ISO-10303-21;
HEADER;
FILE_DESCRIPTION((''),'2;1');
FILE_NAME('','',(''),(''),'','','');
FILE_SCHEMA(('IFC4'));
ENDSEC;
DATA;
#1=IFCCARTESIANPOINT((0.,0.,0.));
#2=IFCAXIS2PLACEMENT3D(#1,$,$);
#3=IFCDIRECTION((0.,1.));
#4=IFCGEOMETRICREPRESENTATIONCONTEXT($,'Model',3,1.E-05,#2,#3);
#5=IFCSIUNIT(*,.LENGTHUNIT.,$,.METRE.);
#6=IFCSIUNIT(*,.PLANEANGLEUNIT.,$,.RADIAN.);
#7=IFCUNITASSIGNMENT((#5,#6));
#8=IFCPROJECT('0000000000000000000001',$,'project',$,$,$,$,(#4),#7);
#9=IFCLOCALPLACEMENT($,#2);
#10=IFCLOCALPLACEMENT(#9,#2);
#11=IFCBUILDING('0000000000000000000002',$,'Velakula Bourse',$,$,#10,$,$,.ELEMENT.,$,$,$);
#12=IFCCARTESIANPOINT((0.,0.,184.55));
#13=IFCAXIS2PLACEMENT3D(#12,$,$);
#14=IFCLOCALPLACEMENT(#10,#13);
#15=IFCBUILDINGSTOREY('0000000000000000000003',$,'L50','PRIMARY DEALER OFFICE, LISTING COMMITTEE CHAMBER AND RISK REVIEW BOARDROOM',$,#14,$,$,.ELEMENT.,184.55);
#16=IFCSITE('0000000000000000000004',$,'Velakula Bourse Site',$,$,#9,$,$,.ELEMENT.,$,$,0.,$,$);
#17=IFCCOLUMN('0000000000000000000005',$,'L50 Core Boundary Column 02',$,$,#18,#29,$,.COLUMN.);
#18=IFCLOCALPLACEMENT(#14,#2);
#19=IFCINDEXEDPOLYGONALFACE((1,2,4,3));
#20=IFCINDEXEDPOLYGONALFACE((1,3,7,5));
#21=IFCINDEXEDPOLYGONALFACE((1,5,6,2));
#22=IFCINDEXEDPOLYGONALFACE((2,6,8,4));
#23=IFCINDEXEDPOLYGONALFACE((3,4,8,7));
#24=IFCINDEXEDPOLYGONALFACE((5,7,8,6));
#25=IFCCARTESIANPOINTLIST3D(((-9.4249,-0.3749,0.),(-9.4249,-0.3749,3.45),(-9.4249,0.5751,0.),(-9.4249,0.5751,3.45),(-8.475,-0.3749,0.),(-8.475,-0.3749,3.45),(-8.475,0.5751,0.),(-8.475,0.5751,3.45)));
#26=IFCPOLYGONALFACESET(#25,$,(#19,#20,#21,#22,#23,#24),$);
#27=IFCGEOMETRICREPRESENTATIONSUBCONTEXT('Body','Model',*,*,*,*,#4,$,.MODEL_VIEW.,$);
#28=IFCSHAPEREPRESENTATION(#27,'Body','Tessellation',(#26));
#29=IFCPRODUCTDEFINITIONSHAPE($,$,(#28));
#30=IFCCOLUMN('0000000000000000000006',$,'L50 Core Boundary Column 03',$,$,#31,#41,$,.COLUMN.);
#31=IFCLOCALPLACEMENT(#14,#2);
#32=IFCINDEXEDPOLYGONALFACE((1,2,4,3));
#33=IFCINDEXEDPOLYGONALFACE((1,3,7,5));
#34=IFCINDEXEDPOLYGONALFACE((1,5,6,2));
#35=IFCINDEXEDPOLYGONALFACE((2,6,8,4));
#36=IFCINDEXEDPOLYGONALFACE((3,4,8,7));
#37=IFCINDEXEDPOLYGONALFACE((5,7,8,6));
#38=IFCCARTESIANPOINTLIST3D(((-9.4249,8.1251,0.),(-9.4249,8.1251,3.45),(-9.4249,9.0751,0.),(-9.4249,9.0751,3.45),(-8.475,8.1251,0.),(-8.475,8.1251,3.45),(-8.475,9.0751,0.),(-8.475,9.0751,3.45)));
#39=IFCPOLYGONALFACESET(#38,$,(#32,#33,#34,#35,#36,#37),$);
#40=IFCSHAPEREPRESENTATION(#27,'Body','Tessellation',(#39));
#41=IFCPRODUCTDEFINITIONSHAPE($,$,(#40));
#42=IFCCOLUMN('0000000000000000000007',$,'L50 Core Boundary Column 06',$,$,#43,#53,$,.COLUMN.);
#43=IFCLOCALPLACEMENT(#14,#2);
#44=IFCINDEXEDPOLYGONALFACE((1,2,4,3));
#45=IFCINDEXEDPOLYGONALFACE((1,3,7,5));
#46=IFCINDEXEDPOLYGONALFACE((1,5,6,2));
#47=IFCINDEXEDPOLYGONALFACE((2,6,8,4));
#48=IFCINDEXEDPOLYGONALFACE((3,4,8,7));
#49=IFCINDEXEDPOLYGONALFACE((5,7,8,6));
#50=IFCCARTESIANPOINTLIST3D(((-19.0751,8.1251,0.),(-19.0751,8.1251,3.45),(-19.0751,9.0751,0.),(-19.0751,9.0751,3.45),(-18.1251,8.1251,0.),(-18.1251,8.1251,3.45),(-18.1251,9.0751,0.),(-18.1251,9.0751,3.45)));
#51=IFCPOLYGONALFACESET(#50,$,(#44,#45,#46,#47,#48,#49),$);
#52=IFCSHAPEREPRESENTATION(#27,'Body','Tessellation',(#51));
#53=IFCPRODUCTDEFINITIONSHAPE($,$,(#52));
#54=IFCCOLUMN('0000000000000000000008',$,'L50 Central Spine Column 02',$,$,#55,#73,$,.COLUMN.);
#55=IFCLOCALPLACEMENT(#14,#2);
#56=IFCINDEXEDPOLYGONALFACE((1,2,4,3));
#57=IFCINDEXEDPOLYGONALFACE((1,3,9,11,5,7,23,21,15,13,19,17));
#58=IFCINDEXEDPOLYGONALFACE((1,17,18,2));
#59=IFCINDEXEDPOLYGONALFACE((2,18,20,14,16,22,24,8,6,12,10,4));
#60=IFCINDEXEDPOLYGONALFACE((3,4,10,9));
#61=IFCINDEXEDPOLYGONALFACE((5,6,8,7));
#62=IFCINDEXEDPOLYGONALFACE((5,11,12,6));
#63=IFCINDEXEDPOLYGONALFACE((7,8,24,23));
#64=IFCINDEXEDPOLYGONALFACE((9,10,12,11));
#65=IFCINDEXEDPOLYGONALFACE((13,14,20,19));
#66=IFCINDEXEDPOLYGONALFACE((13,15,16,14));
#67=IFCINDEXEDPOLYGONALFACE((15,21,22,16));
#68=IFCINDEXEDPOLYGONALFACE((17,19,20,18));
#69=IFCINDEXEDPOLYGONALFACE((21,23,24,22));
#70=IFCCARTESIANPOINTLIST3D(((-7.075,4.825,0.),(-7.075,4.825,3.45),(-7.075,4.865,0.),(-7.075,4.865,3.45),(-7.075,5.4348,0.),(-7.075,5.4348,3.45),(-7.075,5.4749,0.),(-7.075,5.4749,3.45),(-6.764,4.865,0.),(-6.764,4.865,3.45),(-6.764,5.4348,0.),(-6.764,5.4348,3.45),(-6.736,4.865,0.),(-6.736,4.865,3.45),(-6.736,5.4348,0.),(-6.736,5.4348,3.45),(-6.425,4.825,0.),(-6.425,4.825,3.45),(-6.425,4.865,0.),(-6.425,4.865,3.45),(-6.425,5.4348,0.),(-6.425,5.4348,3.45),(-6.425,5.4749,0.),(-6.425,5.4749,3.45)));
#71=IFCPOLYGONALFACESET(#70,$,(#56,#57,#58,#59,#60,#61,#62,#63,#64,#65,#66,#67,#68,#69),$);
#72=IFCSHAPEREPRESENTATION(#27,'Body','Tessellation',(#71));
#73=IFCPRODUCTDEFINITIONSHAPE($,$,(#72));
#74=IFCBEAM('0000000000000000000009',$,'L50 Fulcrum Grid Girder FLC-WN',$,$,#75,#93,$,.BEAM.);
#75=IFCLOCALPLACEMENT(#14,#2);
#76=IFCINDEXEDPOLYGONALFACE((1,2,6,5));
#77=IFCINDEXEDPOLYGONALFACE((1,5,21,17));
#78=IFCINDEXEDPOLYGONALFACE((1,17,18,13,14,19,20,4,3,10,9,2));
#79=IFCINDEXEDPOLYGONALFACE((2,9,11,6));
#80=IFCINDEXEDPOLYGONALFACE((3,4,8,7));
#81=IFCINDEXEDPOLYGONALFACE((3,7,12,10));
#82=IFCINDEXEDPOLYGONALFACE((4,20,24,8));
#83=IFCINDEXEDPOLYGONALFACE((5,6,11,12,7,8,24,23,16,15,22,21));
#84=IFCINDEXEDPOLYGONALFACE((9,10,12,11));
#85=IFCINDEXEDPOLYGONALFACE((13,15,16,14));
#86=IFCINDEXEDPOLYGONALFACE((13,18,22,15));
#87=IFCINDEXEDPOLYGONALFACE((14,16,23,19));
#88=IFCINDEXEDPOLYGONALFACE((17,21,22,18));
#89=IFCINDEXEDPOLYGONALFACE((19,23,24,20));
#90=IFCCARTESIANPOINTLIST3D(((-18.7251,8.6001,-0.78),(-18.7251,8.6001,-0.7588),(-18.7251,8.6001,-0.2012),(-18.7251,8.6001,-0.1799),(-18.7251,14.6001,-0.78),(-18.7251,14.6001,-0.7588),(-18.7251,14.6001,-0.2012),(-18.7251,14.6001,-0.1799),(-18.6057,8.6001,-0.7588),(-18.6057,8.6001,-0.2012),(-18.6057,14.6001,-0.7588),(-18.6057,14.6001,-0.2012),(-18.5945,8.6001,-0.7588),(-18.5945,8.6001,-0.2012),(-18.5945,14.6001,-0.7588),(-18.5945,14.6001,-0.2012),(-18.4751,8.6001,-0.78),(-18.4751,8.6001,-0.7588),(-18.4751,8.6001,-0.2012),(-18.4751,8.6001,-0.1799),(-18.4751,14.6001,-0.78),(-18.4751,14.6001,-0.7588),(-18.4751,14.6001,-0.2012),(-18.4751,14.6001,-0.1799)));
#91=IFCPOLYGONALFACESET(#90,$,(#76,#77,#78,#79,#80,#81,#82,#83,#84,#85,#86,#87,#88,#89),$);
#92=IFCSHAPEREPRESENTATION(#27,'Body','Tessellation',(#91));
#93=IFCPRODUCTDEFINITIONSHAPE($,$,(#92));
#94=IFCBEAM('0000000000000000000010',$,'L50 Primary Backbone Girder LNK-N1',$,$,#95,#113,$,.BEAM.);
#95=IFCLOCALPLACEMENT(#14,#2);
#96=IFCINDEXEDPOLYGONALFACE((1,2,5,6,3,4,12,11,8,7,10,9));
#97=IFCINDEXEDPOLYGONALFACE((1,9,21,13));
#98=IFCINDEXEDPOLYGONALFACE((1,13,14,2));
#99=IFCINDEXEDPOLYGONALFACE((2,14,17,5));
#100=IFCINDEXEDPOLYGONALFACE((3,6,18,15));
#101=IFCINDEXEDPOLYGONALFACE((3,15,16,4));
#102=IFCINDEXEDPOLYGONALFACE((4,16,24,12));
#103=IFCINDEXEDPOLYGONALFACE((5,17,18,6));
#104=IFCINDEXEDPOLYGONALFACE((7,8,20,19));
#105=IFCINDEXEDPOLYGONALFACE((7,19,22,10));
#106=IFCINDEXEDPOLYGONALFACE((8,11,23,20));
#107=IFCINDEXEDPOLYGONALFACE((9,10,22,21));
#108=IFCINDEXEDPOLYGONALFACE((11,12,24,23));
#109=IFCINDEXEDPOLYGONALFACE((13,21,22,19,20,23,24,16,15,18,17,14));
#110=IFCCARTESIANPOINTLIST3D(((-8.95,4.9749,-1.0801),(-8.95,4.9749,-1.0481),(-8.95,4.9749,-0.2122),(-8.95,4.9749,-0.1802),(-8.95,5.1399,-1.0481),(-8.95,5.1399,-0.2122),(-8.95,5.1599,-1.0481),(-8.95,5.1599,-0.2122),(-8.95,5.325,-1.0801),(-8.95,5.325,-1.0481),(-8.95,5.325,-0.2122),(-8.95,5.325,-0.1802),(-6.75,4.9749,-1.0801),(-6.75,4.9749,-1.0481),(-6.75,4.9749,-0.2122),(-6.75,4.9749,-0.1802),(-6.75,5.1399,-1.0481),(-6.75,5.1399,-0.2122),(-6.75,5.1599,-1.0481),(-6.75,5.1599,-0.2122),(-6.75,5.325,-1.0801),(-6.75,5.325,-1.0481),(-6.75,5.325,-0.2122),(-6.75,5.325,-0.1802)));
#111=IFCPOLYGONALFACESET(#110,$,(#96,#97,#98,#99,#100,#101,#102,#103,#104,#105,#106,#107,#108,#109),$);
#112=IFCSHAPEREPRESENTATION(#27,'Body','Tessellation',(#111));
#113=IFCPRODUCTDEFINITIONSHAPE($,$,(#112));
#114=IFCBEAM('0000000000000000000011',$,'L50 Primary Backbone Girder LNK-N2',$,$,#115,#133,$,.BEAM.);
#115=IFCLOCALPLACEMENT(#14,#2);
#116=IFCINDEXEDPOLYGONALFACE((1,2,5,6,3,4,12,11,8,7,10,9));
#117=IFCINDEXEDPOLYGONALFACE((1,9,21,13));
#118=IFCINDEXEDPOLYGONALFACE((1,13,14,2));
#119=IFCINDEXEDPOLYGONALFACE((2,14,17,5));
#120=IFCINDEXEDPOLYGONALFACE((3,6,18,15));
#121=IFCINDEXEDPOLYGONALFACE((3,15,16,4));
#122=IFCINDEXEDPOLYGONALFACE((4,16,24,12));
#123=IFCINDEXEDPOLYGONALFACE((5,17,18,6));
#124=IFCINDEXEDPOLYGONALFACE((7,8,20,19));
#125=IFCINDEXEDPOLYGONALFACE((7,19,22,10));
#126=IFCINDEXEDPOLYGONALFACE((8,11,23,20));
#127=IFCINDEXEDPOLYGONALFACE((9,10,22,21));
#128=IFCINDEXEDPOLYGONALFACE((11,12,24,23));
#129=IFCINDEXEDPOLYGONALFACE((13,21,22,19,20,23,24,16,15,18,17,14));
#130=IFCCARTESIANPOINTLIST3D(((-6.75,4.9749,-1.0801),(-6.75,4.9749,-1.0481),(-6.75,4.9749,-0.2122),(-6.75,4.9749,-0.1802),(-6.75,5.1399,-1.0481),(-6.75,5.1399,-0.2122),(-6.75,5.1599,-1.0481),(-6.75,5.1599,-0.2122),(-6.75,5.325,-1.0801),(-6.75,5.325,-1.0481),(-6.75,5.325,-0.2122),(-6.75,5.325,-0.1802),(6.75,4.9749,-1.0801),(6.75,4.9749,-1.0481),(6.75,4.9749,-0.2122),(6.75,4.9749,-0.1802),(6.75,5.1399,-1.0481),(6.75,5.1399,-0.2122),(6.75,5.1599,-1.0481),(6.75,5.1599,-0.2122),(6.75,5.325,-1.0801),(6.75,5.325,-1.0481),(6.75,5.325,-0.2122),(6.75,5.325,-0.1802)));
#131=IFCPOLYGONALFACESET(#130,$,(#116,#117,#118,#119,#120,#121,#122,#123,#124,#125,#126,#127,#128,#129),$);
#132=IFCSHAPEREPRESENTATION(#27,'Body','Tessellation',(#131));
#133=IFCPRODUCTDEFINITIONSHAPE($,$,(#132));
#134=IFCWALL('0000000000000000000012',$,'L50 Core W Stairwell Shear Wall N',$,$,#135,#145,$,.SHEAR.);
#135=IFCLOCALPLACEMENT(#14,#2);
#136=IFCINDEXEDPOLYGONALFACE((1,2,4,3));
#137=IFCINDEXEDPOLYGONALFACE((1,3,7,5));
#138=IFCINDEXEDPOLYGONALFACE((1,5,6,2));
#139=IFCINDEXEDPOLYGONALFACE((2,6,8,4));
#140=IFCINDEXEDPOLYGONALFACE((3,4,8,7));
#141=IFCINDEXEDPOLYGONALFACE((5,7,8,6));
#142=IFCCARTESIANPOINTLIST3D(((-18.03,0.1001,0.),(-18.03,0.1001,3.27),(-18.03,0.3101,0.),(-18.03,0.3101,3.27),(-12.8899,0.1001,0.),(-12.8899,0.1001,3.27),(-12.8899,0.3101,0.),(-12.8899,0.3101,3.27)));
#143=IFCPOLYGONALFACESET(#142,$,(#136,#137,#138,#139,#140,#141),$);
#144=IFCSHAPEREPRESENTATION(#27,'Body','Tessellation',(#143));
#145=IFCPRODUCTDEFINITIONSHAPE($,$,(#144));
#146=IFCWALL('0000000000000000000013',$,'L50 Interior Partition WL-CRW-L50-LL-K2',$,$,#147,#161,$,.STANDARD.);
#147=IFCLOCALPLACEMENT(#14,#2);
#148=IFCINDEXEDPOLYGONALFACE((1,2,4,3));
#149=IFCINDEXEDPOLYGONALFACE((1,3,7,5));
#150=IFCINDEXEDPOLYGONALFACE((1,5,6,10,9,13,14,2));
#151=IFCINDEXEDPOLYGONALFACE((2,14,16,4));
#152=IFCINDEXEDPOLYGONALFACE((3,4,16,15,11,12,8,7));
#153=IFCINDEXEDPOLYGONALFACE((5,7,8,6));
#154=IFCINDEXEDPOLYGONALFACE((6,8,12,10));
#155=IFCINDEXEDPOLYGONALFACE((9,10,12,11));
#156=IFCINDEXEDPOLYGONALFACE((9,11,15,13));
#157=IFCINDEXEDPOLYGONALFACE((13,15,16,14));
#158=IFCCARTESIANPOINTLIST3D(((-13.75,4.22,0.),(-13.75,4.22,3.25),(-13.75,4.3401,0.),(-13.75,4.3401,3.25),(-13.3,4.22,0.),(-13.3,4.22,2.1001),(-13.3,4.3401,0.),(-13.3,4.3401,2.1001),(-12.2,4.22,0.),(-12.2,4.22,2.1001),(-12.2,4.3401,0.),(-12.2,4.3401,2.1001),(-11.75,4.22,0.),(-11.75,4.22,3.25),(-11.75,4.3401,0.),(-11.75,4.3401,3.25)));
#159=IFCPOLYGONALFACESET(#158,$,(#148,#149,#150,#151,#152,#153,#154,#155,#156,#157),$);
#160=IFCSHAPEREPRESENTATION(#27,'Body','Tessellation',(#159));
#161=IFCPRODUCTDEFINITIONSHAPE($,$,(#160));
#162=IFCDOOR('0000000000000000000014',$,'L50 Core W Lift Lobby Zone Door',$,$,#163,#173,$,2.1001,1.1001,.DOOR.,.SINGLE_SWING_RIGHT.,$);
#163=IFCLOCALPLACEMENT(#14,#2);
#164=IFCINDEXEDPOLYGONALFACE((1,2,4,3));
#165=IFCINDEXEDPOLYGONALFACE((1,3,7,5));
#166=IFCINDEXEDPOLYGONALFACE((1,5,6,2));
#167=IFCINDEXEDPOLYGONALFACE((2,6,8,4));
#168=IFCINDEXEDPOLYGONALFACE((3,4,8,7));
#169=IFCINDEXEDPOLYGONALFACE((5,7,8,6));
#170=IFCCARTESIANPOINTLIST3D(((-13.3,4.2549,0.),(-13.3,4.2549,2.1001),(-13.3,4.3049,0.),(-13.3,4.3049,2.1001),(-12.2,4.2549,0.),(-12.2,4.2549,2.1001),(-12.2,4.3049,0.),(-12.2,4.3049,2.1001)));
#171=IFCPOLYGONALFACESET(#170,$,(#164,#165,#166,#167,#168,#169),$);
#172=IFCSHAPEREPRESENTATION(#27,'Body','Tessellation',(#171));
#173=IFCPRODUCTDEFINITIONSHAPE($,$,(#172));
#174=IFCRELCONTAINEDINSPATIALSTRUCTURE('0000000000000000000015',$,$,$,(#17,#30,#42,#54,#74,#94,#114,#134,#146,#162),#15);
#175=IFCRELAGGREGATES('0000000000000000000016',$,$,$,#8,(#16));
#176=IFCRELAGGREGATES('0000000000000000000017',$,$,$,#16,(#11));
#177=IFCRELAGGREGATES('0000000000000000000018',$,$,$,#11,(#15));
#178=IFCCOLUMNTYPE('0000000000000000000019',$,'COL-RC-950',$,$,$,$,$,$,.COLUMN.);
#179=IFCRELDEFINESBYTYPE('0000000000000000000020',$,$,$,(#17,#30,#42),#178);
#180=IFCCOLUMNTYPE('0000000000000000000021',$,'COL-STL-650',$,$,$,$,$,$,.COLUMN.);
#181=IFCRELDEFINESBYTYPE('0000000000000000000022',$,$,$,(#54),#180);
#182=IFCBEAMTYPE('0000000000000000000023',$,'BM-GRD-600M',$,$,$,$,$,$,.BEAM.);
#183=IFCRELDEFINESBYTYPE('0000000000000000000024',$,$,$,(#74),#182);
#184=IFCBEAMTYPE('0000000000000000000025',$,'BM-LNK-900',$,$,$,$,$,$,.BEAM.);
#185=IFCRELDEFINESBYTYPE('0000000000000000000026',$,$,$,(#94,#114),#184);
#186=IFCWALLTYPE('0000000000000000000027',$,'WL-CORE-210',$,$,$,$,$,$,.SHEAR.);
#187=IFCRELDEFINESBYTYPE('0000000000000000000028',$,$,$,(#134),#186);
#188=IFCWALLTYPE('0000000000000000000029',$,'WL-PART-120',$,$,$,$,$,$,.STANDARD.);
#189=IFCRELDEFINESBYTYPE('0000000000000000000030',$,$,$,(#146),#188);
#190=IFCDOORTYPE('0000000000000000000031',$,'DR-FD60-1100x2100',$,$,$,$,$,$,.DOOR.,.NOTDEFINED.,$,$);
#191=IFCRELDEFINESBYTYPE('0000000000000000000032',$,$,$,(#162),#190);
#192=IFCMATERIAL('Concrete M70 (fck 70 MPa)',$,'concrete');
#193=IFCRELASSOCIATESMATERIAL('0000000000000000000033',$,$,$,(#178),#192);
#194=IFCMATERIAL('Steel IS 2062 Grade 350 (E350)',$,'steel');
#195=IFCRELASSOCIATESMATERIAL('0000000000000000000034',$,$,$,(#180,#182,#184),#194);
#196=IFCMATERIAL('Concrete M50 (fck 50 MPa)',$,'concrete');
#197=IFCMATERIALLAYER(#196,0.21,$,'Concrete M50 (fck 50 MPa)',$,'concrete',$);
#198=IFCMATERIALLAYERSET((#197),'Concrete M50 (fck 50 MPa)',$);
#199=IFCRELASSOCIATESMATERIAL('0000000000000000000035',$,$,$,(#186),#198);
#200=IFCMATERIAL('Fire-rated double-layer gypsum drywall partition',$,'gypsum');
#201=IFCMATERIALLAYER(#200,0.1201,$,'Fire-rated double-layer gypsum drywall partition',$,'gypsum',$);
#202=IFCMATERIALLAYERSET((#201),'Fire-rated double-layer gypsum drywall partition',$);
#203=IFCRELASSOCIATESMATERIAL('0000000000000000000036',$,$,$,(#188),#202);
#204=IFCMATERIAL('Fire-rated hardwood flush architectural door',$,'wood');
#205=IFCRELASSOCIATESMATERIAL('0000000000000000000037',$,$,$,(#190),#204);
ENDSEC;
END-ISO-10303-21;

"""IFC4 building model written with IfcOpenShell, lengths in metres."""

from ifc_helpers import new_model, si_unit, direction, frame, frame_2d, origin, origin_2d, place, context, subcontext, project, spatial, rectangle, i_section, extrude, material, layer, layer_set, material_profile, profile_set, type_object, element, fill, save


model = new_model("IFC4")

# Units and contexts
model_context = context("Model", 3, precision=1e-05, world=origin(), true_north=direction((0.0, 1.0)))
body_context = subcontext(model_context, "Body", "Model", "MODEL_VIEW")
ifc_project = project(units=[si_unit("LENGTHUNIT", "METRE"), si_unit("PLANEANGLEUNIT", "RADIAN")], contexts=[model_context])

# Site, building, storey
site_placement = place(None, origin())
site = spatial("IfcSite", under=ifc_project, at=site_placement, Name="Velakula Bourse Site", CompositionType="ELEMENT", RefElevation=0.0)
building_placement = place(site_placement, origin())
building = spatial("IfcBuilding", under=site, at=building_placement, Name="Velakula Bourse", CompositionType="ELEMENT")
storey_placement = place(building_placement, frame((0.0, 0.0, 184.55)))
storey = spatial("IfcBuildingStorey", under=building, at=storey_placement, Name="L50", Description="PRIMARY DEALER OFFICE, LISTING COMMITTEE CHAMBER AND RISK REVIEW BOARDROOM", CompositionType="ELEMENT", Elevation=184.55)

# Columns
ifc_material_1 = material(Name="Concrete M70 (fck 70 MPa)", Category="concrete")
ifc_material_profile_1 = material_profile(ifc_material_1, rectangle(XDim=0.95, YDim=0.95, at=origin_2d()), Name="Concrete M70 (fck 70 MPa)")
ifc_profile_set_1 = profile_set([ifc_material_profile_1], Name="Concrete M70 (fck 70 MPa)")
column_type_1 = type_object("IfcColumnType", Name="COL-RC-950", PredefinedType="COLUMN", material=ifc_profile_set_1)
for number, where, z_axis, x_axis, name in (
    (1, (-8.95, 0.1001, 0.0), (0.0, 0.0, 1.0), (1.0, 0.0, 0.0), "L50 Core Boundary Column 02"),
    (2, (-8.95, 8.6001, 0.0), (0.0, 0.0, 1.0), (1.0, 0.0, 0.0), "L50 Core Boundary Column 03"),
    (3, (-18.6001, 8.6001, 0.0), (0.0, 0.0, 1.0), (1.0, 0.0, 0.0), "L50 Core Boundary Column 06"),
):
    element("IfcColumn", number, at=place(storey_placement, frame(where, z_axis=z_axis, x_axis=x_axis)), inside=storey, type_object=column_type_1, Name=name, PredefinedType="COLUMN", context=body_context, shape_type="SweptSolid", body=[
        extrude(rectangle(XDim=0.95, YDim=0.95, at=origin_2d()), origin(), (0.0, 0.0, 1.0), 3.45),
    ])
ifc_material_2 = material(Name="Steel IS 2062 Grade 350 (E350)", Category="steel")
ifc_material_profile_2 = material_profile(ifc_material_2, i_section(OverallWidth=0.6499, OverallDepth=0.6499, WebThickness=0.0281, FlangeThickness=0.04, at=origin_2d()), Name="Steel IS 2062 Grade 350 (E350)")
ifc_profile_set_2 = profile_set([ifc_material_profile_2], Name="Steel IS 2062 Grade 350 (E350)")
column_type_2 = type_object("IfcColumnType", Name="COL-STL-650", PredefinedType="COLUMN", material=ifc_profile_set_2)
column_placement = place(storey_placement, frame((-6.75, 5.1499, 0.0), z_axis=(0.0, 0.0, 1.0), x_axis=(1.0, 0.0, 0.0)))
element("IfcColumn", 4, at=column_placement, inside=storey, type_object=column_type_2, Name="L50 Central Spine Column 02", PredefinedType="COLUMN", context=body_context, shape_type="SweptSolid", body=[
    extrude(i_section(OverallWidth=0.6499, OverallDepth=0.6499, WebThickness=0.0281, FlangeThickness=0.04, at=origin_2d()), origin(), (0.0, 0.0, 1.0), 3.45),
])

# Beams
ifc_material_profile_3 = material_profile(ifc_material_2, i_section(OverallWidth=0.25, OverallDepth=0.6001, WebThickness=0.0112, FlangeThickness=0.0212, at=origin_2d()), Name="Steel IS 2062 Grade 350 (E350)")
ifc_profile_set_3 = profile_set([ifc_material_profile_3], Name="Steel IS 2062 Grade 350 (E350)")
beam_type_1 = type_object("IfcBeamType", Name="BM-GRD-600M", PredefinedType="BEAM", material=ifc_profile_set_3)
beam_1_placement = place(storey_placement, frame((-18.6001, 8.6001, -0.48), z_axis=(0.0, 1.0, 0.0), x_axis=(-1.0, 0.0, 0.0)))
element("IfcBeam", 5, at=beam_1_placement, inside=storey, type_object=beam_type_1, Name="L50 Fulcrum Grid Girder FLC-WN", PredefinedType="BEAM", context=body_context, shape_type="SweptSolid", body=[
    extrude(i_section(OverallWidth=0.25, OverallDepth=0.6001, WebThickness=0.0112, FlangeThickness=0.0212, at=origin_2d()), origin(), (0.0, 0.0, 1.0), 6.0),
])
ifc_material_profile_4 = material_profile(ifc_material_2, i_section(OverallWidth=0.3501, OverallDepth=0.8999, WebThickness=0.02, FlangeThickness=0.032, at=origin_2d()), Name="Steel IS 2062 Grade 350 (E350)")
ifc_profile_set_4 = profile_set([ifc_material_profile_4], Name="Steel IS 2062 Grade 350 (E350)")
beam_type_2 = type_object("IfcBeamType", Name="BM-LNK-900", PredefinedType="BEAM", material=ifc_profile_set_4)
beam_2_placement = place(storey_placement, frame((-8.95, 5.1499, -0.6301), z_axis=(1.0, 0.0, 0.0), x_axis=(0.0, 1.0, 0.0)))
element("IfcBeam", 6, at=beam_2_placement, inside=storey, type_object=beam_type_2, Name="L50 Primary Backbone Girder LNK-N1", PredefinedType="BEAM", context=body_context, shape_type="SweptSolid", body=[
    extrude(i_section(OverallWidth=0.3501, OverallDepth=0.8999, WebThickness=0.02, FlangeThickness=0.032, at=origin_2d()), origin(), (0.0, 0.0, 1.0), 2.2),
])
beam_3_placement = place(storey_placement, frame((-6.75, 5.1499, -0.6301), z_axis=(1.0, 0.0, 0.0), x_axis=(0.0, 1.0, 0.0)))
element("IfcBeam", 7, at=beam_3_placement, inside=storey, type_object=beam_type_2, Name="L50 Primary Backbone Girder LNK-N2", PredefinedType="BEAM", context=body_context, shape_type="SweptSolid", body=[
    extrude(i_section(OverallWidth=0.3501, OverallDepth=0.8999, WebThickness=0.02, FlangeThickness=0.032, at=origin_2d()), origin(), (0.0, 0.0, 1.0), 13.5),
])

# Wall
ifc_material_3 = material(Name="Concrete M50 (fck 50 MPa)", Category="concrete")
ifc_layer_1 = layer(ifc_material_3, 0.21, Name="Concrete M50 (fck 50 MPa)", Category="concrete")
ifc_layer_set_1 = layer_set([ifc_layer_1], Name="Concrete M50 (fck 50 MPa)")
wall_type_1 = type_object("IfcWallType", Name="WL-CORE-210", PredefinedType="SHEAR", material=ifc_layer_set_1)
wall_1_placement = place(storey_placement, frame((-12.8899, 0.2051, 0.0), z_axis=(0.0, 0.0, 1.0), x_axis=(-1.0, 0.0, 0.0)))
element("IfcWall", 8, at=wall_1_placement, inside=storey, type_object=wall_type_1, Name="L50 Core W Stairwell Shear Wall N", PredefinedType="SHEAR", context=body_context, shape_type="SweptSolid", body=[
    extrude(rectangle(XDim=5.1401, YDim=0.21, at=frame_2d((2.5701, 0.0))), origin(), (0.0, 0.0, 1.0), 3.27),
])

# Wall, opening, door
ifc_material_4 = material(Name="Fire-rated double-layer gypsum drywall partition", Category="gypsum")
ifc_layer_2 = layer(ifc_material_4, 0.1201, Name="Fire-rated double-layer gypsum drywall partition", Category="gypsum")
ifc_layer_set_2 = layer_set([ifc_layer_2], Name="Fire-rated double-layer gypsum drywall partition")
wall_type_2 = type_object("IfcWallType", Name="WL-PART-120", PredefinedType="STANDARD", material=ifc_layer_set_2)
wall_2_placement = place(storey_placement, frame((-13.75, 4.28, 0.0), z_axis=(0.0, 0.0, 1.0), x_axis=(1.0, 0.0, 0.0)))
wall_2 = element("IfcWall", 9, at=wall_2_placement, inside=storey, type_object=wall_type_2, Name="L50 Interior Partition WL-CRW-L50-LL-K2", PredefinedType="STANDARD", context=body_context, shape_type="SweptSolid", body=[
    extrude(rectangle(XDim=2.0, YDim=0.1201, at=frame_2d((1.0, 0.0))), origin(), (0.0, 0.0, 1.0), 3.25),
])
opening_1_placement = place(wall_2_placement, frame((0.45, 0.0, 0.0)))
opening_1 = element("IfcOpeningElement", 10, at=opening_1_placement, cuts=wall_2, PredefinedType="OPENING", context=body_context, shape_type="SweptSolid", body=[
    extrude(rectangle(XDim=1.1001, YDim=2.1001, at=frame_2d((0.55, 1.05))), frame((0.0, 0.0701, 0.0), z_axis=(0.0, -1.0, 0.0), x_axis=(1.0, 0.0, 0.0)), (0.0, 0.0, 1.0), 0.1401),
])
ifc_material_5 = material(Name="Fire-rated hardwood flush architectural door", Category="wood")
door_type_1 = type_object("IfcDoorType", Name="DR-FD60-1100x2100", OperationType="NOTDEFINED", PredefinedType="DOOR", material=ifc_material_5)
door_1_placement = place(opening_1_placement, origin())
door_1 = element("IfcDoor", 11, at=door_1_placement, inside=storey, type_object=door_type_1, Name="L50 Core W Lift Lobby Zone Door", OperationType="SINGLE_SWING_RIGHT", OverallHeight=2.1001, OverallWidth=1.1001, PredefinedType="DOOR", context=body_context, shape_type="SweptSolid", body=[
    extrude(rectangle(XDim=1.1001, YDim=2.1001, at=frame_2d((0.55, 1.05))), frame((0.0, 0.0249, 0.0), z_axis=(0.0, -1.0, 0.0), x_axis=(1.0, 0.0, 0.0)), (0.0, 0.0, 1.0), 0.05),
])
fill(opening_1, door_1)

save(model, "model.ifc")
